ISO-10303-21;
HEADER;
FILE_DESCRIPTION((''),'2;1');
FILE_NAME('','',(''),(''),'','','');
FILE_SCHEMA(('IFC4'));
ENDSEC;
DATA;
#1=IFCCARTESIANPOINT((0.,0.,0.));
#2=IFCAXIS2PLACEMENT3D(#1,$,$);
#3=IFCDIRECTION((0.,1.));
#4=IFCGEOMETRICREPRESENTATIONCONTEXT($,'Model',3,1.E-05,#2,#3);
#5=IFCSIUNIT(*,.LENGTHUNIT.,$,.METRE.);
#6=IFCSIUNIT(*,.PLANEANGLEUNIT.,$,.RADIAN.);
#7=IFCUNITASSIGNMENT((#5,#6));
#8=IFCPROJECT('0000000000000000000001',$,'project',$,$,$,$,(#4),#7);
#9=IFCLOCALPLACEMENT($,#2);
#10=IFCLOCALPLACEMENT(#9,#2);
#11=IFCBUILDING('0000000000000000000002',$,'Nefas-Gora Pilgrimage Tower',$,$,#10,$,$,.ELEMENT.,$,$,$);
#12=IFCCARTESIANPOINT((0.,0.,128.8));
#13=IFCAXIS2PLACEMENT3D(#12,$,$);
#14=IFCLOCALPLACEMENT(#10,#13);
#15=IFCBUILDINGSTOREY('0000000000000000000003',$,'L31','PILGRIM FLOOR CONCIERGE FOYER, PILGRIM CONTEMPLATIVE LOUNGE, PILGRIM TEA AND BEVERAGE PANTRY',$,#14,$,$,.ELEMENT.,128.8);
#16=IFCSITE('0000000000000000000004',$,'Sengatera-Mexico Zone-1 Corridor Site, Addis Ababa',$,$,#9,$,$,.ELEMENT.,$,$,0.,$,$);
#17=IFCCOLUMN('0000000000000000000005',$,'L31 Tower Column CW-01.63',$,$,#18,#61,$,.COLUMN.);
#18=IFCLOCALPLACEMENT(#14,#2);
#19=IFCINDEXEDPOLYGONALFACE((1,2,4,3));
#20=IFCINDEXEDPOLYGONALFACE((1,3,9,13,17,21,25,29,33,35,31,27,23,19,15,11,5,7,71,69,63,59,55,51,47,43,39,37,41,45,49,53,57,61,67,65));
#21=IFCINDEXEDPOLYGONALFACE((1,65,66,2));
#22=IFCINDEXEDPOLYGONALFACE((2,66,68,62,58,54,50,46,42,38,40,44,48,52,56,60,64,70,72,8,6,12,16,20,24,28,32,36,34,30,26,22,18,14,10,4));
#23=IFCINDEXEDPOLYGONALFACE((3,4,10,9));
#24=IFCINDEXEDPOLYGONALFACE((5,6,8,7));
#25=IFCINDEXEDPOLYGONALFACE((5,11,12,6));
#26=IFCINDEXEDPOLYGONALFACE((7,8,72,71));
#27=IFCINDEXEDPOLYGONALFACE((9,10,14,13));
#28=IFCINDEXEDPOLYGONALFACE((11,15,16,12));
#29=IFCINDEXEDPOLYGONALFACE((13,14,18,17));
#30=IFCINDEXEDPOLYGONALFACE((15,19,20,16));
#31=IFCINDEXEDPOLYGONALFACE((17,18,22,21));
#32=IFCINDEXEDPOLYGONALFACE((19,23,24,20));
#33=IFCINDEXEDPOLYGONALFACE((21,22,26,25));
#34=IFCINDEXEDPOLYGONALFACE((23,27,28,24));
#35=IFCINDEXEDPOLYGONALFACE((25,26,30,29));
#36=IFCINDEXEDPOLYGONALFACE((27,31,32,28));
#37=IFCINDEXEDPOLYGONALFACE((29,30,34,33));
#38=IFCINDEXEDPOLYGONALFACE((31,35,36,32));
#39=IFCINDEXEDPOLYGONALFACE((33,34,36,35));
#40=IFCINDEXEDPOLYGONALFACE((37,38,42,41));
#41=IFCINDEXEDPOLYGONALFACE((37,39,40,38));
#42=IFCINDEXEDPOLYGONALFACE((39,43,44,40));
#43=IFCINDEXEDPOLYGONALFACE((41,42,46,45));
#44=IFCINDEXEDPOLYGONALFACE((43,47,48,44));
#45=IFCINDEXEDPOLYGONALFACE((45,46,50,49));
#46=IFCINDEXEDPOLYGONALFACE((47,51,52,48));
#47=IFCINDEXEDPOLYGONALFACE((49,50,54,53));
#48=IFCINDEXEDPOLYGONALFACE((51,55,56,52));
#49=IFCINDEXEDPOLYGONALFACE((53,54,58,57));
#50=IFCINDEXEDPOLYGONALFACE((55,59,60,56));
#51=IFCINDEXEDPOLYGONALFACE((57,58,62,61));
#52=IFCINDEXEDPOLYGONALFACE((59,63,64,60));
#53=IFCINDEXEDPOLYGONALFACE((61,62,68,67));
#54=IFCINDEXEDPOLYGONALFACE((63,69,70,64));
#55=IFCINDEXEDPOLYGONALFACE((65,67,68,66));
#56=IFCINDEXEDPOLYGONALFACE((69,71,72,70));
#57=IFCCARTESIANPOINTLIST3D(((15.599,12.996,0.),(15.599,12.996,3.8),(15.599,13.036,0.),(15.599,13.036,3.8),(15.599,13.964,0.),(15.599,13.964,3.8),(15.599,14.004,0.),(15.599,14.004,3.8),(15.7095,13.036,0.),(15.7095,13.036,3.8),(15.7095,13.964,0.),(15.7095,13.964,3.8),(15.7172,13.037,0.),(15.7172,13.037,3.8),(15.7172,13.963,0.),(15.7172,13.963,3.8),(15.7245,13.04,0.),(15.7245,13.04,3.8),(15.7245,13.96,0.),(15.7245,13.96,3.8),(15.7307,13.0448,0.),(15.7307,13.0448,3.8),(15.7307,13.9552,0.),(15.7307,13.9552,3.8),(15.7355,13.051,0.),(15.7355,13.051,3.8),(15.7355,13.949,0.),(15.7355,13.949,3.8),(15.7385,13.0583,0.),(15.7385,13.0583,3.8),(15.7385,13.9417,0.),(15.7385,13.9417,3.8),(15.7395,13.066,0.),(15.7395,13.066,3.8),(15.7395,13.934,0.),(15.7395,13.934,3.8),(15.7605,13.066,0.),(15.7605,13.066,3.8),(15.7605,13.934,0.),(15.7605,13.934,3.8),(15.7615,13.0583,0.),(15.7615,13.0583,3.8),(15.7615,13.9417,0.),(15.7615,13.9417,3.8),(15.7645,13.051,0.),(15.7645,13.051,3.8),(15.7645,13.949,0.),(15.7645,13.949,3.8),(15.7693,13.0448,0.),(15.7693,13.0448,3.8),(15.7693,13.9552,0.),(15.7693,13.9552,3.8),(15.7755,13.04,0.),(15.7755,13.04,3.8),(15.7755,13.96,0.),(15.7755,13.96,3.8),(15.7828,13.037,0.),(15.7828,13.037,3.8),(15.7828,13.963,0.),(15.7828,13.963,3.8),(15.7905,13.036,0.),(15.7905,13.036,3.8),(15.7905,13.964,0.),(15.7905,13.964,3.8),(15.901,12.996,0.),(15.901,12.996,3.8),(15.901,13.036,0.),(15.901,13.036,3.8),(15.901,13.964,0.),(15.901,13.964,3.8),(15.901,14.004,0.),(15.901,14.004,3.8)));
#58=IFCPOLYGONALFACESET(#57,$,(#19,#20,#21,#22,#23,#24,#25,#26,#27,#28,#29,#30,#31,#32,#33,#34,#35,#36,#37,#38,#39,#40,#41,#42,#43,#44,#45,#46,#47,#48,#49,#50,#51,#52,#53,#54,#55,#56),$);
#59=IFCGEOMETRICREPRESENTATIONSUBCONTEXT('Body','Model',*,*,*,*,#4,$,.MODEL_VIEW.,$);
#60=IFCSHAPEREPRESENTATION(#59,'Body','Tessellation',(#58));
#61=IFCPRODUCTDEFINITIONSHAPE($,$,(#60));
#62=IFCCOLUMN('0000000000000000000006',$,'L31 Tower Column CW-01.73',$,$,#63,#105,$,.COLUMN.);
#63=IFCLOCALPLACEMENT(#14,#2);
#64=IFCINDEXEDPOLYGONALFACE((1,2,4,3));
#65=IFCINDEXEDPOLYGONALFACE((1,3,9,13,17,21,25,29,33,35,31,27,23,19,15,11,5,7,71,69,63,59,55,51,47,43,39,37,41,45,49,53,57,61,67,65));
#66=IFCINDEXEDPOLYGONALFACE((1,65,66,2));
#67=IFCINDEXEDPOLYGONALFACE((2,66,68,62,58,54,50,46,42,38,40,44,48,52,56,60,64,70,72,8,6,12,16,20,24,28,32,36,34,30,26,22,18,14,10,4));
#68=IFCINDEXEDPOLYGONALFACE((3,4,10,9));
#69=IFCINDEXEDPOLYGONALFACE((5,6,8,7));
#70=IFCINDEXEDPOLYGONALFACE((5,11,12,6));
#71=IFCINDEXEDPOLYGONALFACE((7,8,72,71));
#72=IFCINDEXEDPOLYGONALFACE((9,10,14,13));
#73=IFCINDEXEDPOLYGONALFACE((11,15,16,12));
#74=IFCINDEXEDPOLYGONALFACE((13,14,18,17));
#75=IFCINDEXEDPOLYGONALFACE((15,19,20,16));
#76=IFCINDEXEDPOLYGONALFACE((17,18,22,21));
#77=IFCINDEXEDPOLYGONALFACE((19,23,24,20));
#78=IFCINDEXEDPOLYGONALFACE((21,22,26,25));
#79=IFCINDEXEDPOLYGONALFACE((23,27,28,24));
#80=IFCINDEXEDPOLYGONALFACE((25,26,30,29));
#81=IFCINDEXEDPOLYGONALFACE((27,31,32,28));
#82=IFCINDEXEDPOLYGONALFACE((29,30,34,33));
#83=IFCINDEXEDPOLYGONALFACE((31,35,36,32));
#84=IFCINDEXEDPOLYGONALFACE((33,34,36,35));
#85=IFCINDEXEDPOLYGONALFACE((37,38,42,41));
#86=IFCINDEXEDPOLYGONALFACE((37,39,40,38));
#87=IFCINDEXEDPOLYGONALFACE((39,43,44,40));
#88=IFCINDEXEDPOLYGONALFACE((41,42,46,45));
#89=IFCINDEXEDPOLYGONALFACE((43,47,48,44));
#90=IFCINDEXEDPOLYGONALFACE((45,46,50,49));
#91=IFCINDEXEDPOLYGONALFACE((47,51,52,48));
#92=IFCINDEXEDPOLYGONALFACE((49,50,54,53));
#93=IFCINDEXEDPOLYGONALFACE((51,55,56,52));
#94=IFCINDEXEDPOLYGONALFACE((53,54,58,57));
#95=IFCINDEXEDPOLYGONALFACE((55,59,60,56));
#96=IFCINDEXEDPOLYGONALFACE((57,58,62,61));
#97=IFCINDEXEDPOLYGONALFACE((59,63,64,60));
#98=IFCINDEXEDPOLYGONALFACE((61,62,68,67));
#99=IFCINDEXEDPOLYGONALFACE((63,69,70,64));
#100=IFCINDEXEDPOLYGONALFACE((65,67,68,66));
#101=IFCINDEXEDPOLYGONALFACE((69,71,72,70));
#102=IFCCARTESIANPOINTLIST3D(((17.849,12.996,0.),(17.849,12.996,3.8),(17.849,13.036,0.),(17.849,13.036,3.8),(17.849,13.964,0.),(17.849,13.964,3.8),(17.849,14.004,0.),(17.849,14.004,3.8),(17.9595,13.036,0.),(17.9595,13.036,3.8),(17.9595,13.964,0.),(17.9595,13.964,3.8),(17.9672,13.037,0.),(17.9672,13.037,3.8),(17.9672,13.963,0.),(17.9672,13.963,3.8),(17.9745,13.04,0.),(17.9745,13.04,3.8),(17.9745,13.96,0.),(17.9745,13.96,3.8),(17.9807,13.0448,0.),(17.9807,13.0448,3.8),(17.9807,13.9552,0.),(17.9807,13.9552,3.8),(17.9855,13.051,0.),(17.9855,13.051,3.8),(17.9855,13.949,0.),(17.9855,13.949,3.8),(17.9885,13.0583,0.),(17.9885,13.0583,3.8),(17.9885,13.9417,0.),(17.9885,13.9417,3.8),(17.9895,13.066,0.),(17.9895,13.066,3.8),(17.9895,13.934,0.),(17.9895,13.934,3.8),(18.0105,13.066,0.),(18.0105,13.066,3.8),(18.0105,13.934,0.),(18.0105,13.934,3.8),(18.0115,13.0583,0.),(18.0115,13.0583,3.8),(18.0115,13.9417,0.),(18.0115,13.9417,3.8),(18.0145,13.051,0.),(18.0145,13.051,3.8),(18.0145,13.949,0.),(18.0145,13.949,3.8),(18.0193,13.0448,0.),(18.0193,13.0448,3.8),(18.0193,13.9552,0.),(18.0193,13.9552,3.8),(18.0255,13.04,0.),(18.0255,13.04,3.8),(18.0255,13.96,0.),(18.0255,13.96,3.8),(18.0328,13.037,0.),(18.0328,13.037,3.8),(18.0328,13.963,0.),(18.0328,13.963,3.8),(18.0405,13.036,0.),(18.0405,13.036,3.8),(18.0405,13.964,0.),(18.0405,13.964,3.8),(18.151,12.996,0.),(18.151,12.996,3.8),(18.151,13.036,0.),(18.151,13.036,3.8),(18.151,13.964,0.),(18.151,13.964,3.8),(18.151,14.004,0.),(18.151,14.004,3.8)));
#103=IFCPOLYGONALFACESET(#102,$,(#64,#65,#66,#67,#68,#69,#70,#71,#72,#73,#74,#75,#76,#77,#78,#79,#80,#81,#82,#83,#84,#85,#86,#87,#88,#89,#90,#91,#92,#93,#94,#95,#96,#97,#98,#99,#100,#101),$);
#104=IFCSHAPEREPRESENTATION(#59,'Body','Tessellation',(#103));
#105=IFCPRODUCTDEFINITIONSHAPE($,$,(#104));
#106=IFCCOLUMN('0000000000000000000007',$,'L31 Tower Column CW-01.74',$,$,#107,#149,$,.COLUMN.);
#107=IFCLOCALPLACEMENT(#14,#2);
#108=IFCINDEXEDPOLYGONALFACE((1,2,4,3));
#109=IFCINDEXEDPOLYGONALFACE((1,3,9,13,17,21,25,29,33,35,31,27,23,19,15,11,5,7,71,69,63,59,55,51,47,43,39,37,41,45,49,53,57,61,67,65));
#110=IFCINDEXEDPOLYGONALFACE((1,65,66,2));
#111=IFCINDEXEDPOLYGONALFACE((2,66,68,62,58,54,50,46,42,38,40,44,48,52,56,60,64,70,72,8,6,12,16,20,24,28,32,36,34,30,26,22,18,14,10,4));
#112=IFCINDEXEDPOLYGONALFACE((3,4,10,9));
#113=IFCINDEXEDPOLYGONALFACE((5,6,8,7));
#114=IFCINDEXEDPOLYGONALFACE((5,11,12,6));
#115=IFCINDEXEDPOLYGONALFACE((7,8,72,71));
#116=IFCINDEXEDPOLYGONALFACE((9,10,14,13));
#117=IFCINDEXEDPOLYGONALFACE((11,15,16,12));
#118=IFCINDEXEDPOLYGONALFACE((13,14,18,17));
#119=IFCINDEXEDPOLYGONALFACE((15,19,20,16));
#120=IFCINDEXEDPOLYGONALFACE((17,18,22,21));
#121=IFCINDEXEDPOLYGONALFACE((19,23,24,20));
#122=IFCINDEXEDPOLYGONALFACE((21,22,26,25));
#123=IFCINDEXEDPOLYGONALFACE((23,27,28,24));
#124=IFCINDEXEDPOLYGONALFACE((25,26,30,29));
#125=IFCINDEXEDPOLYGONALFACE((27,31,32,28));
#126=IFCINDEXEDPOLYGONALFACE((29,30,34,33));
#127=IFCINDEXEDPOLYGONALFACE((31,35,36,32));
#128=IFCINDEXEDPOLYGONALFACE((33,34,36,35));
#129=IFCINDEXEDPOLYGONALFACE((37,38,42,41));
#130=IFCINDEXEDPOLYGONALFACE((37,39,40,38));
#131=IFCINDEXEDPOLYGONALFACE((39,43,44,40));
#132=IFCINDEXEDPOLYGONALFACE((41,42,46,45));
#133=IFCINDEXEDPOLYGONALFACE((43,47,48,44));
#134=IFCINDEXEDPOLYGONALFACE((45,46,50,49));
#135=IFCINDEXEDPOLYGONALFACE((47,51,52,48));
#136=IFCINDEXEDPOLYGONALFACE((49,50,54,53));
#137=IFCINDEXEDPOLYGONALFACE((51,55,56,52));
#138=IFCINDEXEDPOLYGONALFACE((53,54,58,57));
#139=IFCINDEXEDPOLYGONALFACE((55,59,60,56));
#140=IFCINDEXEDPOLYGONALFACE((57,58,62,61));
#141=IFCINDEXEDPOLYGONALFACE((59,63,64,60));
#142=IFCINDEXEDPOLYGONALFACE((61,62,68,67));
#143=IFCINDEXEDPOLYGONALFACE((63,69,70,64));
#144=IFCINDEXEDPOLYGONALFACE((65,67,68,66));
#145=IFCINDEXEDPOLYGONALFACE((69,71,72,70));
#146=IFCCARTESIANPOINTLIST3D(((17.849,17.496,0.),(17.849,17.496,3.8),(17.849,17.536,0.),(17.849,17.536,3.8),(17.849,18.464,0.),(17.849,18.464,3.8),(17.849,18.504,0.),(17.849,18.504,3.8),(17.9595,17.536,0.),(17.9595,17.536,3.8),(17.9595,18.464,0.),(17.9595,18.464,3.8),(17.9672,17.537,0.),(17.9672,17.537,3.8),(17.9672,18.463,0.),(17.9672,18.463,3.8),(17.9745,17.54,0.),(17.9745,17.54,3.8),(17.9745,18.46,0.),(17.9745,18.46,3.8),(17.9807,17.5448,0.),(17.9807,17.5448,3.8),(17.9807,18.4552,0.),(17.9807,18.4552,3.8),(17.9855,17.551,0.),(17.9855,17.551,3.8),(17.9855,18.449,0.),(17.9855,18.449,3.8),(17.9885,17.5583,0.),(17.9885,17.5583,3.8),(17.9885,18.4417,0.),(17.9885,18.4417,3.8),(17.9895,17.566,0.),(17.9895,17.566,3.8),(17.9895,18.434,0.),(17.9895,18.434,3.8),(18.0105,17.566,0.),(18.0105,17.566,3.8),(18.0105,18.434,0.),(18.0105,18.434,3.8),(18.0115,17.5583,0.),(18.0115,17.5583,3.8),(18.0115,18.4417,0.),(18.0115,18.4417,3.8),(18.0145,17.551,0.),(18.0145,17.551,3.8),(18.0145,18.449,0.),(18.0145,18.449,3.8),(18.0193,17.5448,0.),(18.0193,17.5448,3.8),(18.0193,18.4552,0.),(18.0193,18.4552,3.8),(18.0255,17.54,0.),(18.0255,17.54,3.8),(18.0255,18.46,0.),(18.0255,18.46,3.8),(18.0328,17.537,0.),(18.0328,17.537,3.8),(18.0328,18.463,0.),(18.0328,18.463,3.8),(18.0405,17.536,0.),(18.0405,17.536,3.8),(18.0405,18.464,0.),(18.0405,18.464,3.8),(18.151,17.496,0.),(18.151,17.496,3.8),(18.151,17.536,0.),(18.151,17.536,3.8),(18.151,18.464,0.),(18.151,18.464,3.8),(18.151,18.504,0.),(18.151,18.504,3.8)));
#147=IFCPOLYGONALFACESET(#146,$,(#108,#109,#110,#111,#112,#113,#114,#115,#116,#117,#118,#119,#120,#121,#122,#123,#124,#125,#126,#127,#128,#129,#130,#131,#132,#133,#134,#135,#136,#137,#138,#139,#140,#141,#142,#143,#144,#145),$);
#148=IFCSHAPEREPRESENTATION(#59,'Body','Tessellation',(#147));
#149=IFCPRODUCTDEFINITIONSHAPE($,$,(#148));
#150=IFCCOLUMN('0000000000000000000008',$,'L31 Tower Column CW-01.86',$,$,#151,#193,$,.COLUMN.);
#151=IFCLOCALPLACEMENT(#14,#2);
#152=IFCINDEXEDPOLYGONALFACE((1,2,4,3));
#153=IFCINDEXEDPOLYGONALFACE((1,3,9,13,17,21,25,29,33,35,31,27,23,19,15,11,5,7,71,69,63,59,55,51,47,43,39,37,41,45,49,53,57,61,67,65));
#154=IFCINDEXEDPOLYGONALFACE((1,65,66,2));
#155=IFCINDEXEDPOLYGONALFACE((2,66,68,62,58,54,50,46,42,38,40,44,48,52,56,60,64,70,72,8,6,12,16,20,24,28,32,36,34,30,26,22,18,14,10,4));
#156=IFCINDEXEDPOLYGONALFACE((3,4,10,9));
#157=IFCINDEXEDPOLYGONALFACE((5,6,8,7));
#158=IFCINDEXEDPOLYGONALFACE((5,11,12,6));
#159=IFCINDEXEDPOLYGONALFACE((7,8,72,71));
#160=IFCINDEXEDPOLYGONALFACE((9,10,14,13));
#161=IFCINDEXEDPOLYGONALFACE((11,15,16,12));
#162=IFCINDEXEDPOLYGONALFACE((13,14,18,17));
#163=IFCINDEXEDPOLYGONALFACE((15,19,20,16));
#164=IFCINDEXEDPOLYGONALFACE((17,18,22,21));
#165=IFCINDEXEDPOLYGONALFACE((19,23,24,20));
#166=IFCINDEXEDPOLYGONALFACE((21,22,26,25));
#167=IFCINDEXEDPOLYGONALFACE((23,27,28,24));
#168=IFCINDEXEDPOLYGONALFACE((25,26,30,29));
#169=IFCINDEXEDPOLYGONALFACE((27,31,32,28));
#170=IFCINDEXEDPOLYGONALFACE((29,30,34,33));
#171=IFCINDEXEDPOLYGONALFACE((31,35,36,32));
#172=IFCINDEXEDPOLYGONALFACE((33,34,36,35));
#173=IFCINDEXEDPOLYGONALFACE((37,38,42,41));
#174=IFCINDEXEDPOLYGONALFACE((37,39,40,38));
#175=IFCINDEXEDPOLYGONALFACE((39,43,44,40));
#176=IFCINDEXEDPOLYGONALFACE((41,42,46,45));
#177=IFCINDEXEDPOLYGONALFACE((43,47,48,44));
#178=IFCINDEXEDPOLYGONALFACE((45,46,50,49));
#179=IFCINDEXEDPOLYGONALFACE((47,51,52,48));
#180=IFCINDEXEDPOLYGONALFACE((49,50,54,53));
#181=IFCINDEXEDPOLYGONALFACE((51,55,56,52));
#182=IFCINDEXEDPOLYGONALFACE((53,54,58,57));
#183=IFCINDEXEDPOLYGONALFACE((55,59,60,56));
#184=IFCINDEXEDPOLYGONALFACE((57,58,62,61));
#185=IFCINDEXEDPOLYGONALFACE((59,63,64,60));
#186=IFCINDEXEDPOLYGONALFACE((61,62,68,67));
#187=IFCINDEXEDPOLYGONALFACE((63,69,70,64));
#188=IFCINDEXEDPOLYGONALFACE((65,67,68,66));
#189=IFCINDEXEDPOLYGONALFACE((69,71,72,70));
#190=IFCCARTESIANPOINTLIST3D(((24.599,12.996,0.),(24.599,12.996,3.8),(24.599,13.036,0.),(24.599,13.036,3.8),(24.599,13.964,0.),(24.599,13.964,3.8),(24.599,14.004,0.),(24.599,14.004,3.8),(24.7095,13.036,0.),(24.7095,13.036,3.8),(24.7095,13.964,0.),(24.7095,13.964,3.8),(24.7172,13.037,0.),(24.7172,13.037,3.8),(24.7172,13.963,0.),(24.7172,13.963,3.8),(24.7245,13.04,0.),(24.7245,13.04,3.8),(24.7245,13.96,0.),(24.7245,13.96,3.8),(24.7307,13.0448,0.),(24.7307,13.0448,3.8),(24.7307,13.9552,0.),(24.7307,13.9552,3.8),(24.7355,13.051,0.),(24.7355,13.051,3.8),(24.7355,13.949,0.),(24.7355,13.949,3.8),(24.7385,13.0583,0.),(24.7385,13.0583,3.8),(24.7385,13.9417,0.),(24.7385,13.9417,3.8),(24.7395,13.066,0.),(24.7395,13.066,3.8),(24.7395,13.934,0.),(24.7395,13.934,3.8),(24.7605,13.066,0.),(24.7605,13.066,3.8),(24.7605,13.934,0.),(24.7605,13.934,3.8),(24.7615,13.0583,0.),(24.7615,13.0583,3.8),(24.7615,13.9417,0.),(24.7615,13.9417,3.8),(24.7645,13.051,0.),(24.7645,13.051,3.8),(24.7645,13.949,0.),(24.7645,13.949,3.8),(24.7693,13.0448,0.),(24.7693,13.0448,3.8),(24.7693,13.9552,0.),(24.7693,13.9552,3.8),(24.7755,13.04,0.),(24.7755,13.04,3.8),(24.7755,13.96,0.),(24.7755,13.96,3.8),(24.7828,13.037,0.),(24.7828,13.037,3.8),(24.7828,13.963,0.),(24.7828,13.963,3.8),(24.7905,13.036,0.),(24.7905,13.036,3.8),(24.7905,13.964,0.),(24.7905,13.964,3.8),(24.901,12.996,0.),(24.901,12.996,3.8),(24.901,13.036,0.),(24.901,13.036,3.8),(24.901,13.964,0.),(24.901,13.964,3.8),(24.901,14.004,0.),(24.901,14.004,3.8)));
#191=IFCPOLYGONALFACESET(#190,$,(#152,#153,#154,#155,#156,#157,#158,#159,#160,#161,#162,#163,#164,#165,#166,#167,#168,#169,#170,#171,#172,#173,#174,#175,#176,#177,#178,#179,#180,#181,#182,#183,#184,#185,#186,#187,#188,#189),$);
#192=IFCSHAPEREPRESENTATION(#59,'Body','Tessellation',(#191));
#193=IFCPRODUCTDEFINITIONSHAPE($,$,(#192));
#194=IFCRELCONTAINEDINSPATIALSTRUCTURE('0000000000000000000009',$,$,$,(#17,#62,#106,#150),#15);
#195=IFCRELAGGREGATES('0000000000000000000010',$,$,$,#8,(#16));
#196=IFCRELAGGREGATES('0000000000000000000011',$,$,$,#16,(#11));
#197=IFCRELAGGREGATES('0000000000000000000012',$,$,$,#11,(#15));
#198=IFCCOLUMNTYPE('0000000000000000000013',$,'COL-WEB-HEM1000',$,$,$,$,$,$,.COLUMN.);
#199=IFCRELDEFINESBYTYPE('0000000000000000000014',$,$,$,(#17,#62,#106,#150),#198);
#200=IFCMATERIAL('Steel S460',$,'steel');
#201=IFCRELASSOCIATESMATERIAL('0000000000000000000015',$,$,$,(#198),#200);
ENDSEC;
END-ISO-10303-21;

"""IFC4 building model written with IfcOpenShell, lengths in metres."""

from ifc_helpers import new_model, si_unit, direction, frame, origin, origin_2d, place, context, subcontext, project, spatial, i_section, extrude, source, transform, mapped, material, material_profile, profile_set, type_object, element, save


model = new_model("IFC4")

# Units and contexts
model_context = context("Model", 3, precision=1e-05, world=origin(), true_north=direction((0.0, 1.0)))
body_context = subcontext(model_context, "Body", "Model", "MODEL_VIEW")
ifc_project = project(units=[si_unit("LENGTHUNIT", "METRE"), si_unit("PLANEANGLEUNIT", "RADIAN")], contexts=[model_context])

# Site, building, storey
site_placement = place(None, origin())
site = spatial("IfcSite", under=ifc_project, at=site_placement, Name="Sengatera-Mexico Zone-1 Corridor Site, Addis Ababa", CompositionType="ELEMENT", RefElevation=0.0)
building_placement = place(site_placement, origin())
building = spatial("IfcBuilding", under=site, at=building_placement, Name="Nefas-Gora Pilgrimage Tower", CompositionType="ELEMENT")
storey_placement = place(building_placement, frame((0.0, 0.0, 128.8)))
storey = spatial("IfcBuildingStorey", under=building, at=storey_placement, Name="L31", Description="PILGRIM FLOOR CONCIERGE FOYER, PILGRIM CONTEMPLATIVE LOUNGE, PILGRIM TEA AND BEVERAGE PANTRY", CompositionType="ELEMENT", Elevation=128.8)

# Columns
ifc_material_1 = material(Name="Steel S460", Category="steel")
ifc_material_profile_1 = material_profile(ifc_material_1, i_section(OverallWidth=0.302, OverallDepth=1.0081, WebThickness=0.021, FlangeThickness=0.04, FilletRadius=0.03, at=origin_2d()), Name="HEM 1000")
ifc_profile_set_1 = profile_set([ifc_material_profile_1], Name="Steel S460")
column_type_1 = type_object("IfcColumnType", Name="COL-WEB-HEM1000", PredefinedType="COLUMN", material=ifc_profile_set_1)
shared_shape_1 = source(origin(), body_context, "Body", "SweptSolid", [
    extrude(i_section(OverallWidth=0.302, OverallDepth=1.0081, WebThickness=0.021, FlangeThickness=0.04, FilletRadius=0.03, at=origin_2d()), origin(), (0.0, 0.0, 1.0), 3.8),
])
for number, where, z_axis, x_axis, name in (
    (1, (15.75, 13.5, 0.0), (0.0, 0.0, 1.0), (1.0, 0.0, 0.0), "L31 Tower Column CW-01.63"),
    (2, (18.0, 13.5, 0.0), (0.0, 0.0, 1.0), (1.0, 0.0, 0.0), "L31 Tower Column CW-01.73"),
    (3, (18.0, 18.0, 0.0), (0.0, 0.0, 1.0), (1.0, 0.0, 0.0), "L31 Tower Column CW-01.74"),
    (4, (24.75, 13.5, 0.0), (0.0, 0.0, 1.0), (1.0, 0.0, 0.0), "L31 Tower Column CW-01.86"),
):
    element("IfcColumn", number, at=place(storey_placement, frame(where, z_axis=z_axis, x_axis=x_axis)), inside=storey, type_object=column_type_1, Name=name, PredefinedType="COLUMN", context=body_context, shape_type="MappedRepresentation", body=[
        mapped(shared_shape_1, transform((0.0, 0.0, 0.0), x_axis=(1.0, 0.0, 0.0), y_axis=(0.0, 1.0, 0.0), z_axis=(0.0, 0.0, 1.0), scale=1.0)),
    ])

save(model, "model.ifc")
